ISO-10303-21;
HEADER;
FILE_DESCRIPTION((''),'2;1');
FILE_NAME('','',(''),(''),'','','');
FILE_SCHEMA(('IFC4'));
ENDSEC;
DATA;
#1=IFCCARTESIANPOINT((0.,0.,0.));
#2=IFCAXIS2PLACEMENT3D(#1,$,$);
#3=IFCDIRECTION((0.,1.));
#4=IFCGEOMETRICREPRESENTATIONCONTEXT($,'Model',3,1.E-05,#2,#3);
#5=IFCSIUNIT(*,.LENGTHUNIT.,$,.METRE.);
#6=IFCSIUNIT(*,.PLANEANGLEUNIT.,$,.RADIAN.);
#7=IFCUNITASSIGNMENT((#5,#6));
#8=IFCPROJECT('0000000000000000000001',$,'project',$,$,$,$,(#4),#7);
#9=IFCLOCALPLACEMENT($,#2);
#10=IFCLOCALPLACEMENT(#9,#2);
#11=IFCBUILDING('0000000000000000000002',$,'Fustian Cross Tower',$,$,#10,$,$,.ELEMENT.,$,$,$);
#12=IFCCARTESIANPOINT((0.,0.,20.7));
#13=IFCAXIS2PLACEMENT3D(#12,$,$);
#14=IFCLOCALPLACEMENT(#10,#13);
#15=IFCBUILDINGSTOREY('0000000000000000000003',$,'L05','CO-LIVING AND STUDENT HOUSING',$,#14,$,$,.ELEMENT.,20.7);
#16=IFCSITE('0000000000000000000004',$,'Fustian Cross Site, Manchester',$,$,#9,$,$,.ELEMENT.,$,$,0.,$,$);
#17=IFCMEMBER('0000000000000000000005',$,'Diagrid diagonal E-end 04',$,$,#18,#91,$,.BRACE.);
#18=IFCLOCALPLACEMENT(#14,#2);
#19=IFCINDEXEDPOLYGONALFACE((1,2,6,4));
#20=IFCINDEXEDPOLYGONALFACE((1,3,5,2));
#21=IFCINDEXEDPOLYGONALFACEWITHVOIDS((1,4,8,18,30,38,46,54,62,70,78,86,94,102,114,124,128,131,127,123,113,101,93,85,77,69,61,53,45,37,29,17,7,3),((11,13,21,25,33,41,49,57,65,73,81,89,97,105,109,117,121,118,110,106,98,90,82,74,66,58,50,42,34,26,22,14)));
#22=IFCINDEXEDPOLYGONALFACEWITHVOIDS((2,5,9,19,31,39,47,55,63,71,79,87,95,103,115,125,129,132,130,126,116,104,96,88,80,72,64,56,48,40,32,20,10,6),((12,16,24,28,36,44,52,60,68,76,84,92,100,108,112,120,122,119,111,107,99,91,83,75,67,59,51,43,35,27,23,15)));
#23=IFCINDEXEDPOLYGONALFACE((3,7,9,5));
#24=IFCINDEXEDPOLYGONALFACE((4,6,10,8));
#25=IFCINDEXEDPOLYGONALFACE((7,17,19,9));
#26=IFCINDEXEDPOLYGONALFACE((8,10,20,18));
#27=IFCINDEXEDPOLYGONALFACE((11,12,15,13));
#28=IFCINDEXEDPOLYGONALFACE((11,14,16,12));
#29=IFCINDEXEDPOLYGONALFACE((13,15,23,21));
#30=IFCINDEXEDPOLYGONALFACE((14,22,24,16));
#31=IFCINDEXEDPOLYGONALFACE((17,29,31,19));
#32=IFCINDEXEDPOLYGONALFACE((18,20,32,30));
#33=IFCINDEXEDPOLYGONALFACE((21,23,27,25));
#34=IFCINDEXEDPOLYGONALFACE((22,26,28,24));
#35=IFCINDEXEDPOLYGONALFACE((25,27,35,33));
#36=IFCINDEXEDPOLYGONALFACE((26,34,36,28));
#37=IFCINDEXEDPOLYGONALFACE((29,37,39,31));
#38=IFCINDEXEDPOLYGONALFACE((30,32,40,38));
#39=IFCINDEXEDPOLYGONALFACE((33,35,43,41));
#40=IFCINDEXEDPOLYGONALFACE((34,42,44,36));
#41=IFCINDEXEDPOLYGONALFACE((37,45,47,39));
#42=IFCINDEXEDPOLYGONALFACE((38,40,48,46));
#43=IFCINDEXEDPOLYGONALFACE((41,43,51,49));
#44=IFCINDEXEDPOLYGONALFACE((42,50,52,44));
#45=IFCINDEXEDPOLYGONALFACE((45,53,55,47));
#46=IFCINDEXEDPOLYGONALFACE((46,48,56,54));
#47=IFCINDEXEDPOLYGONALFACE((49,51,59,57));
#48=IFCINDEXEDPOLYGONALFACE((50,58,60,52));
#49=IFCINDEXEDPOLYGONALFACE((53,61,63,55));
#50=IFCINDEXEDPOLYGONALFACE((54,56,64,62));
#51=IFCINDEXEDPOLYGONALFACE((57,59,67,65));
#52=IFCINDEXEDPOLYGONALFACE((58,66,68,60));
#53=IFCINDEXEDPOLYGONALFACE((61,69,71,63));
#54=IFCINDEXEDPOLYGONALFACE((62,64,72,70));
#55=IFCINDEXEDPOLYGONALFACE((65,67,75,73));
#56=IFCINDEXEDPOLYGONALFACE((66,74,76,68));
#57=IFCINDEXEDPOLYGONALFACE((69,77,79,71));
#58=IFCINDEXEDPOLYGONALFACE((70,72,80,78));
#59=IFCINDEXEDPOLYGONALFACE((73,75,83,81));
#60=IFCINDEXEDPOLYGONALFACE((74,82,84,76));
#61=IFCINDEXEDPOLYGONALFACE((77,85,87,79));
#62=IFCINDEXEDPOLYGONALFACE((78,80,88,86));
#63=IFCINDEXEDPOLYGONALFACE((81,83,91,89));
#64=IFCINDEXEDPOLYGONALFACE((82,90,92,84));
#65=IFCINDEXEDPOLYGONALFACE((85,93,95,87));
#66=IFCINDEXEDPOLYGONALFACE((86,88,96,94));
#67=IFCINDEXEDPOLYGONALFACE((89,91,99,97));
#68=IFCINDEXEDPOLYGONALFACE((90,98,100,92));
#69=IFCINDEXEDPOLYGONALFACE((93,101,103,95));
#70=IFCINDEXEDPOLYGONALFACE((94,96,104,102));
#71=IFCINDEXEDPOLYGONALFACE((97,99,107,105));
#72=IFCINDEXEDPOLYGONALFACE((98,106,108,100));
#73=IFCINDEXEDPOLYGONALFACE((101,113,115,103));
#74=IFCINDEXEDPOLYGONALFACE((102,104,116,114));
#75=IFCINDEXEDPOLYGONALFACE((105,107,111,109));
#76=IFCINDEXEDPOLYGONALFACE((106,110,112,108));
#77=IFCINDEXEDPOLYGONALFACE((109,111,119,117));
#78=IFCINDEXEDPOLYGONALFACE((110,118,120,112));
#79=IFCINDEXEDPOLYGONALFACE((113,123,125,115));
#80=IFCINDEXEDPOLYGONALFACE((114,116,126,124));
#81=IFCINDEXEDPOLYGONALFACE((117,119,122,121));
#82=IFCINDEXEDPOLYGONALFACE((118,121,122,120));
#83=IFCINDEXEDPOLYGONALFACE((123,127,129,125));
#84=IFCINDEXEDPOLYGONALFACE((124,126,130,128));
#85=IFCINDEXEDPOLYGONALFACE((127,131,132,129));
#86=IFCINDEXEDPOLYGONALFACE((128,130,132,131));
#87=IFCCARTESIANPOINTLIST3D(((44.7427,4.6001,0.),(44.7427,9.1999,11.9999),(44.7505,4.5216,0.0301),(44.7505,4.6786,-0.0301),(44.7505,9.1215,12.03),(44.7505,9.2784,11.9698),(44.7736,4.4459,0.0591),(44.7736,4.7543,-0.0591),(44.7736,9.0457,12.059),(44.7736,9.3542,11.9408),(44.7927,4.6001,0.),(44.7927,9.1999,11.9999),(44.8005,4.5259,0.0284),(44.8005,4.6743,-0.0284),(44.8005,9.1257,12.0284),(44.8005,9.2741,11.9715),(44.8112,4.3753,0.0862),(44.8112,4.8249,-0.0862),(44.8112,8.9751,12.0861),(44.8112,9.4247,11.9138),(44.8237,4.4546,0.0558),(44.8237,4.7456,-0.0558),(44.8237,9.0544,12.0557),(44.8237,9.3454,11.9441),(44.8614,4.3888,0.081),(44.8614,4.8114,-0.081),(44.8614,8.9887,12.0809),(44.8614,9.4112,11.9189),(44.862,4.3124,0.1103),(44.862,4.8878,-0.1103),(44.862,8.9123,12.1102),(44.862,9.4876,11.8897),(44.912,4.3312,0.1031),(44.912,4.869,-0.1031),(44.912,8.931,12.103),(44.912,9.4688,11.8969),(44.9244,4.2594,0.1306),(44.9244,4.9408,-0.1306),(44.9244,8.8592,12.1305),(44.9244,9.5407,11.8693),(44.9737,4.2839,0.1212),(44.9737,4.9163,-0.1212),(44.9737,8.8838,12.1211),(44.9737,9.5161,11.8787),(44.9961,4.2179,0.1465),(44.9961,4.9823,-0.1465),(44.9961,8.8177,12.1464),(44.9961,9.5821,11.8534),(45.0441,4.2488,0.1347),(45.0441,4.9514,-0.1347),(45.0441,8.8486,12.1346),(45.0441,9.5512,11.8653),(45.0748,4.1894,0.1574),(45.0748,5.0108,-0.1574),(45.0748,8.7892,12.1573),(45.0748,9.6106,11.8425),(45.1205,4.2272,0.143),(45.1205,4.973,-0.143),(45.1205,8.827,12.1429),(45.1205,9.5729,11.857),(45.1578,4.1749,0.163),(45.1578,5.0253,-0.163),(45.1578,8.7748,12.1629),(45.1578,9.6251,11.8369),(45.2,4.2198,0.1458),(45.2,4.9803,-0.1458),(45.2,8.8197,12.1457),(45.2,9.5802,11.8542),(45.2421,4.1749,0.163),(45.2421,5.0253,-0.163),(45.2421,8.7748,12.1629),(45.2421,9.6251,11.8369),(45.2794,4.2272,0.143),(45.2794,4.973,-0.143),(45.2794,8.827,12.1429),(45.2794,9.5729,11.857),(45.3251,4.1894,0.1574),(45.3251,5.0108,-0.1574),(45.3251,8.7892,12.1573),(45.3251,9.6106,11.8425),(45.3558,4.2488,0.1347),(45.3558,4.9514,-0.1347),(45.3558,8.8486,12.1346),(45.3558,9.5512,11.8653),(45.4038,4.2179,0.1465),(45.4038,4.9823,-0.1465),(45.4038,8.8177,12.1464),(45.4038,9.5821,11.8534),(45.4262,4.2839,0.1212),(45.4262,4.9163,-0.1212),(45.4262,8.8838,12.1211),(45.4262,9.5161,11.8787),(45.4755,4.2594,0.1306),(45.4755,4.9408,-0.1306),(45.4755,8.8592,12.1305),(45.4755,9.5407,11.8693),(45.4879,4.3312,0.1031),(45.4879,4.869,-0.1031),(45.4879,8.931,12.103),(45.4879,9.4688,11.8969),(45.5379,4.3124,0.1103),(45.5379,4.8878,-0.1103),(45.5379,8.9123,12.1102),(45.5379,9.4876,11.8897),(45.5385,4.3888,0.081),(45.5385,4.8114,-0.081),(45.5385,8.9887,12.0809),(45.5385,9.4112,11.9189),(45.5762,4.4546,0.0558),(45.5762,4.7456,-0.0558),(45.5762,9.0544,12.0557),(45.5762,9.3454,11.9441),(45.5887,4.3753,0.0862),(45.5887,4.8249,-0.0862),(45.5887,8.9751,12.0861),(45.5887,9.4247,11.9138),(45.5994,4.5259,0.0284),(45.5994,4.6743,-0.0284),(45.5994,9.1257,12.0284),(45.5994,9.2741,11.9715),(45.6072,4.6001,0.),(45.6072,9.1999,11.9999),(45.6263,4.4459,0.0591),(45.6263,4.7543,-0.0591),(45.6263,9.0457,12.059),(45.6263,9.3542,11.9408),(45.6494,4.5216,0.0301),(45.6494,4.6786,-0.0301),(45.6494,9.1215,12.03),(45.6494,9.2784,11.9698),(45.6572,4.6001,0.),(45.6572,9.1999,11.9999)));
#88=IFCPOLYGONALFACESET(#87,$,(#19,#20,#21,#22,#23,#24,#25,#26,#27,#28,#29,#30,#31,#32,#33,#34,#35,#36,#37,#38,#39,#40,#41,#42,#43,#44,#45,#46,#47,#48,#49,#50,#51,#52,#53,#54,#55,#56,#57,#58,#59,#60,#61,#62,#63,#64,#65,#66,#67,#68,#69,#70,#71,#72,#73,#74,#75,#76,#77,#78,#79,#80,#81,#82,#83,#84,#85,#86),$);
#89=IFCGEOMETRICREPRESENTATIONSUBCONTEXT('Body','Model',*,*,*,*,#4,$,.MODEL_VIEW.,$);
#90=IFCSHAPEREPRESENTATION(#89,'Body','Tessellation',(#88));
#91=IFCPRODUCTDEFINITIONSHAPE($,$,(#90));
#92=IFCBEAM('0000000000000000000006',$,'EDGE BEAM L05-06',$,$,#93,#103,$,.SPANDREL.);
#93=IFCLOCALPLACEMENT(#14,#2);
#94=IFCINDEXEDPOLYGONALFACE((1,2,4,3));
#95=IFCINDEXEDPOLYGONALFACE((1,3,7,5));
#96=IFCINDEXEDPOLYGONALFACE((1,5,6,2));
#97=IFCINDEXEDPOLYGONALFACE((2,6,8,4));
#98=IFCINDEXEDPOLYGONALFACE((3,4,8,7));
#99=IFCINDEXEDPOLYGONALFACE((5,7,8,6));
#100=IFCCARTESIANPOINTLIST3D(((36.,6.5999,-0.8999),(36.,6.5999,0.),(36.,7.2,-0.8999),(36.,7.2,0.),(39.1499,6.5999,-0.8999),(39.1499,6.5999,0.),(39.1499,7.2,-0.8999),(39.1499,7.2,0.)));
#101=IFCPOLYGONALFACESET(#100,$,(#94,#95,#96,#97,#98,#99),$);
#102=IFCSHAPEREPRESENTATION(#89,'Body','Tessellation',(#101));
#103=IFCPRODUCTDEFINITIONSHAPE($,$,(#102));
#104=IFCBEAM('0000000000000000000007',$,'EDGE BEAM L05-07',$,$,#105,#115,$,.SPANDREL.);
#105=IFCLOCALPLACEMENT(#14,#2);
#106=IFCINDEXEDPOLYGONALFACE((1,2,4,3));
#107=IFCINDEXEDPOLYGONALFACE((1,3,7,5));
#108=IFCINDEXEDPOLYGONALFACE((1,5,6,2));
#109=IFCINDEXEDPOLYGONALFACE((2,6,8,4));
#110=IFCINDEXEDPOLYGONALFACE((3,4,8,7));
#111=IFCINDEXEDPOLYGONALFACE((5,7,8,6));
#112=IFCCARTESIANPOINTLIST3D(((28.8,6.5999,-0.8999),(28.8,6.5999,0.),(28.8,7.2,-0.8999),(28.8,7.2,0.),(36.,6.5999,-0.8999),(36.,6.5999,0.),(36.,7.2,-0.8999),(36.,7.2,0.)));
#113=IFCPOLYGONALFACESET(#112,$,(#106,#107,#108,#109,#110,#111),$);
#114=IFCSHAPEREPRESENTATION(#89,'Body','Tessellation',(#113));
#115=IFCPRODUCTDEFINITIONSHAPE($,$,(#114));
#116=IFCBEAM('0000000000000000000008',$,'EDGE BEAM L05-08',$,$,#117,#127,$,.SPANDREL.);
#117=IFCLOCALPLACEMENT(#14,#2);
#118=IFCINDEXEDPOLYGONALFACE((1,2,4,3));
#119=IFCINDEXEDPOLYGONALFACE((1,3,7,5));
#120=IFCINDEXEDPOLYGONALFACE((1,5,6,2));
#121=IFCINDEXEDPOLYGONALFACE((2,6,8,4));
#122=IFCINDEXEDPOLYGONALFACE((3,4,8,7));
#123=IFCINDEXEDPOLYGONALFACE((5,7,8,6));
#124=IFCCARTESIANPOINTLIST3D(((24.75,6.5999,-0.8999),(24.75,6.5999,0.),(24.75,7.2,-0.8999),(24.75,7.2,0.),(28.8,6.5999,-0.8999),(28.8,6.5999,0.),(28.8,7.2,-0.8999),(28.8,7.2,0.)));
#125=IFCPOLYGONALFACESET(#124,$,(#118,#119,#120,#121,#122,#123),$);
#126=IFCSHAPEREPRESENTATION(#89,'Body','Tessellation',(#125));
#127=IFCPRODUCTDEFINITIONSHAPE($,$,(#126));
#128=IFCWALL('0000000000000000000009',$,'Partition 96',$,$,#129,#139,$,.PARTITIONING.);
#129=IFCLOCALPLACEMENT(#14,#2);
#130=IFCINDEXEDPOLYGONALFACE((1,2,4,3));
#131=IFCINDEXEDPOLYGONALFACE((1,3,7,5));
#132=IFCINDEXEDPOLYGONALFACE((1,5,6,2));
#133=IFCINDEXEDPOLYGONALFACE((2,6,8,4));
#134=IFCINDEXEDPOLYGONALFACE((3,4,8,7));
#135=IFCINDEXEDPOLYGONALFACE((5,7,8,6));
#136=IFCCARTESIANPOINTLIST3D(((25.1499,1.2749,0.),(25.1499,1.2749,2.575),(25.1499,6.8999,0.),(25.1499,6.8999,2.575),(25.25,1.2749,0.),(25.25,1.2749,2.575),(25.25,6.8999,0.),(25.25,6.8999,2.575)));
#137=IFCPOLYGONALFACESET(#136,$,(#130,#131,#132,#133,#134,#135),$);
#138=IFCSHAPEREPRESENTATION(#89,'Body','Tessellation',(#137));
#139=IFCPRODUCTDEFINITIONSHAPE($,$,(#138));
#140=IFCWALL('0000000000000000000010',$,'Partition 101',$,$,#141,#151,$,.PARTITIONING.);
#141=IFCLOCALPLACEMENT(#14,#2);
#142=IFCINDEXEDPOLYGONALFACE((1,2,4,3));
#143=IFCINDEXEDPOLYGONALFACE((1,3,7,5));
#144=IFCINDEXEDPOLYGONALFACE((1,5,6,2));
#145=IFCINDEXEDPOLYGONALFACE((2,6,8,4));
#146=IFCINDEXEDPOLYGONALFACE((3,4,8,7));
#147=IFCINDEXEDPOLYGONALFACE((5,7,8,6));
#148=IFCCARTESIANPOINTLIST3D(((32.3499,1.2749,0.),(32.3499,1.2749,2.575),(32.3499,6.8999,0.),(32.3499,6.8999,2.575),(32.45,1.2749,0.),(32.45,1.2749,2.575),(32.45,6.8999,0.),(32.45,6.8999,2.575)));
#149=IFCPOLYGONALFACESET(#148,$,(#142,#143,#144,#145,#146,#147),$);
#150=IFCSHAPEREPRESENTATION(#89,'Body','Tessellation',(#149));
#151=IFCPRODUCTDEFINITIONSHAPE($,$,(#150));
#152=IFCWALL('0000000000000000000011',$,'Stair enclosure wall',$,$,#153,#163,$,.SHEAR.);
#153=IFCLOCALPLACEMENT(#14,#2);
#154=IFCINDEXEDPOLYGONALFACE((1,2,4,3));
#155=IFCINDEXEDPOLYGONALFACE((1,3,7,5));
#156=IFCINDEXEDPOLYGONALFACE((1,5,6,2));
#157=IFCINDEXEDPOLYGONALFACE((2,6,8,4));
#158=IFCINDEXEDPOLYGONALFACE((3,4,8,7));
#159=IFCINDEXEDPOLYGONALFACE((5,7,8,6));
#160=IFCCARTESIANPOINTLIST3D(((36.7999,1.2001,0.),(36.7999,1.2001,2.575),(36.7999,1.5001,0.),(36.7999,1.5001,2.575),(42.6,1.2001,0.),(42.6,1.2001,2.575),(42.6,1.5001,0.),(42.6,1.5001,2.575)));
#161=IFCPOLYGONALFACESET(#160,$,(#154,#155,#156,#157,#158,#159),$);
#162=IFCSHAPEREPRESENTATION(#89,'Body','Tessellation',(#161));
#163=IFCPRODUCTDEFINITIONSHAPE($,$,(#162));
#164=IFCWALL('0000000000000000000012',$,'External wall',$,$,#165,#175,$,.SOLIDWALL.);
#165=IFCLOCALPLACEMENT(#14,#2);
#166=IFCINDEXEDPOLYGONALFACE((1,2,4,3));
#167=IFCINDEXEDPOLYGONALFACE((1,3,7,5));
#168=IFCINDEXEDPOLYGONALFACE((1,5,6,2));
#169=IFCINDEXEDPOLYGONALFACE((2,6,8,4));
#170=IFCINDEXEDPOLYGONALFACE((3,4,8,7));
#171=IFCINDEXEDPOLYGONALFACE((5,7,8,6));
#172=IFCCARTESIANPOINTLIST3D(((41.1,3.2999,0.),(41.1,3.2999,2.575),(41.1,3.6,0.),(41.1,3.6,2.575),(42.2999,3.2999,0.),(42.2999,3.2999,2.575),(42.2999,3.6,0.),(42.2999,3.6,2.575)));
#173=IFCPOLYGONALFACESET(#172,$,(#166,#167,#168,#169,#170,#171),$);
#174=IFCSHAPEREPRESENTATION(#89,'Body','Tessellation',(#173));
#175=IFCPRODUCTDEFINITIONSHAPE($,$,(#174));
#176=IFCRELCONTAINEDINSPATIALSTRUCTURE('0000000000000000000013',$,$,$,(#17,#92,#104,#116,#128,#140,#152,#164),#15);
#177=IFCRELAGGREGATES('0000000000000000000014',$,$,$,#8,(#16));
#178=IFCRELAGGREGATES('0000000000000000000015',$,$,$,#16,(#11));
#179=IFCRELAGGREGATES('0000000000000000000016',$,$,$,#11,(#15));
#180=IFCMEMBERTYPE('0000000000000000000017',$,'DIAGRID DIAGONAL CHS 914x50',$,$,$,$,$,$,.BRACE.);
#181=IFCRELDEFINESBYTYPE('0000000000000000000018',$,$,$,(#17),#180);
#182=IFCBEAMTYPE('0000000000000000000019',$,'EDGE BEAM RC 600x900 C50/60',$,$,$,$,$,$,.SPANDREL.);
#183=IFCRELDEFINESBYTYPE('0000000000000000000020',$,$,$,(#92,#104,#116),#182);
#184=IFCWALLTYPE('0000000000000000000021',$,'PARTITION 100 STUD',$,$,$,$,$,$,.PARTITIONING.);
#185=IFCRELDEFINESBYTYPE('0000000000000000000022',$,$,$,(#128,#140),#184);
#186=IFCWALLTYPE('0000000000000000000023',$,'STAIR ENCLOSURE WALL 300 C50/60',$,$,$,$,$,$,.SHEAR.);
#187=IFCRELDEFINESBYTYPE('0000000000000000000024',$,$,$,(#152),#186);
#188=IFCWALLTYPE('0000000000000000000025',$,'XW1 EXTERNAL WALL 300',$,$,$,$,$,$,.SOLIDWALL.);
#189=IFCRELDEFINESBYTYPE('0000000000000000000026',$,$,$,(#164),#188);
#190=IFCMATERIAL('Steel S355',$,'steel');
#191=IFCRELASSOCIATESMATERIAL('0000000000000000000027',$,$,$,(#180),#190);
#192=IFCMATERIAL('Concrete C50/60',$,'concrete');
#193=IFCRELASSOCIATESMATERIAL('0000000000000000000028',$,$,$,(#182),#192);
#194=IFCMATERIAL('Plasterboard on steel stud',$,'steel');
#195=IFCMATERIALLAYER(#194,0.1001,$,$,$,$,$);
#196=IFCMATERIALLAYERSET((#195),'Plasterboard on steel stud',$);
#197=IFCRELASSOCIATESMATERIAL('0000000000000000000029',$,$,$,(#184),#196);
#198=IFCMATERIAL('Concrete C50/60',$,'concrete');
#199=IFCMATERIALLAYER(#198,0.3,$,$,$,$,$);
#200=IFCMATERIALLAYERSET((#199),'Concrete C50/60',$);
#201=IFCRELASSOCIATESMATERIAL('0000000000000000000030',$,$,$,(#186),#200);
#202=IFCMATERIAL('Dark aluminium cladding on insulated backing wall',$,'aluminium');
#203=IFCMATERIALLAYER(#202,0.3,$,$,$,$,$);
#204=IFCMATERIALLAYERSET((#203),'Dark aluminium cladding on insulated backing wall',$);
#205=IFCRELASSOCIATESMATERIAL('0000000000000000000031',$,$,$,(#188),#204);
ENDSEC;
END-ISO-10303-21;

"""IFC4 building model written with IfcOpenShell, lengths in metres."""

from ifc_helpers import new_model, si_unit, direction, frame, frame_2d, origin, origin_2d, place, context, subcontext, project, spatial, rectangle, hollow_circle, extrude, material, layer, layer_set, material_profile, profile_set, type_object, element, save


model = new_model("IFC4")

# Units and contexts
model_context = context("Model", 3, precision=1e-05, world=origin(), true_north=direction((0.0, 1.0)))
body_context = subcontext(model_context, "Body", "Model", "MODEL_VIEW")
ifc_project = project(units=[si_unit("LENGTHUNIT", "METRE"), si_unit("PLANEANGLEUNIT", "RADIAN")], contexts=[model_context])

# Site, building, storey
site_placement = place(None, origin())
site = spatial("IfcSite", under=ifc_project, at=site_placement, Name="Fustian Cross Site, Manchester", CompositionType="ELEMENT", RefElevation=0.0)
building_placement = place(site_placement, origin())
building = spatial("IfcBuilding", under=site, at=building_placement, Name="Fustian Cross Tower", CompositionType="ELEMENT")
storey_placement = place(building_placement, frame((0.0, 0.0, 20.7)))
storey = spatial("IfcBuildingStorey", under=building, at=storey_placement, Name="L05", Description="CO-LIVING AND STUDENT HOUSING", CompositionType="ELEMENT", Elevation=20.7)

# Member
ifc_material_1 = material(Name="Steel S355", Category="steel")
ifc_material_profile_1 = material_profile(ifc_material_1, hollow_circle(Radius=0.4573, WallThickness=0.05, at=origin_2d()), Name="CHS 914x50")
ifc_profile_set_1 = profile_set([ifc_material_profile_1], Name="Steel S355")
member_type_1 = type_object("IfcMemberType", Name="DIAGRID DIAGONAL CHS 914x50", PredefinedType="BRACE", material=ifc_profile_set_1)
member_1_placement = place(storey_placement, frame((45.2, 4.6001, 0.0), z_axis=(0.0, 0.357926, 0.93375), x_axis=(-1.0, 0.0, 0.0)))
element("IfcMember", 1, at=member_1_placement, inside=storey, type_object=member_type_1, Name="Diagrid diagonal E-end 04", PredefinedType="BRACE", context=body_context, shape_type="SweptSolid", body=[
    extrude(hollow_circle(Radius=0.4573, WallThickness=0.05, at=origin_2d()), origin(), (0.0, 0.0, 1.0), 12.8513),
])

# Beams
ifc_material_2 = material(Name="Concrete C50/60", Category="concrete")
ifc_material_profile_2 = material_profile(ifc_material_2, rectangle(XDim=0.6001, YDim=0.8999, at=origin_2d()), Name="RC 600x900")
ifc_profile_set_2 = profile_set([ifc_material_profile_2], Name="Concrete C50/60")
beam_type = type_object("IfcBeamType", Name="EDGE BEAM RC 600x900 C50/60", PredefinedType="SPANDREL", material=ifc_profile_set_2)
beam_1_placement = place(storey_placement, frame((39.1499, 6.8999, -0.45), z_axis=(-1.0, 0.0, 0.0), x_axis=(0.0, -1.0, 0.0)))
element("IfcBeam", 2, at=beam_1_placement, inside=storey, type_object=beam_type, Name="EDGE BEAM L05-06", PredefinedType="SPANDREL", context=body_context, shape_type="SweptSolid", body=[
    extrude(rectangle(XDim=0.6001, YDim=0.8999, at=origin_2d()), origin(), (0.0, 0.0, 1.0), 3.1499),
])
beam_2_placement = place(storey_placement, frame((36.0, 6.8999, -0.45), z_axis=(-1.0, 0.0, 0.0), x_axis=(0.0, -1.0, 0.0)))
element("IfcBeam", 3, at=beam_2_placement, inside=storey, type_object=beam_type, Name="EDGE BEAM L05-07", PredefinedType="SPANDREL", context=body_context, shape_type="SweptSolid", body=[
    extrude(rectangle(XDim=0.6001, YDim=0.8999, at=origin_2d()), origin(), (0.0, 0.0, 1.0), 7.2),
])
beam_3_placement = place(storey_placement, frame((28.8, 6.8999, -0.45), z_axis=(-1.0, 0.0, 0.0), x_axis=(0.0, -1.0, 0.0)))
element("IfcBeam", 4, at=beam_3_placement, inside=storey, type_object=beam_type, Name="EDGE BEAM L05-08", PredefinedType="SPANDREL", context=body_context, shape_type="SweptSolid", body=[
    extrude(rectangle(XDim=0.6001, YDim=0.8999, at=origin_2d()), origin(), (0.0, 0.0, 1.0), 4.05),
])

# Walls
ifc_material_3 = material(Name="Plasterboard on steel stud", Category="steel")
ifc_layer_1 = layer(ifc_material_3, 0.1001)
ifc_layer_set_1 = layer_set([ifc_layer_1], Name="Plasterboard on steel stud")
wall_type_1 = type_object("IfcWallType", Name="PARTITION 100 STUD", PredefinedType="PARTITIONING", material=ifc_layer_set_1)
for number, where, z_axis, x_axis, name in (
    (5, (25.2, 1.2749, 0.0), (0.0, 0.0, 1.0), (0.0, 1.0, 0.0), "Partition 96"),
    (6, (32.3999, 1.2749, 0.0), (0.0, 0.0, 1.0), (0.0, 1.0, 0.0), "Partition 101"),
):
    element("IfcWall", number, at=place(storey_placement, frame(where, z_axis=z_axis, x_axis=x_axis)), inside=storey, type_object=wall_type_1, Name=name, PredefinedType="PARTITIONING", context=body_context, shape_type="SweptSolid", body=[
        extrude(rectangle(XDim=5.625, YDim=0.1001, at=frame_2d((2.8125, 0.0))), origin(), (0.0, 0.0, 1.0), 2.575),
    ])
ifc_material_4 = material(Name="Concrete C50/60", Category="concrete")
ifc_layer_2 = layer(ifc_material_4, 0.3)
ifc_layer_set_2 = layer_set([ifc_layer_2], Name="Concrete C50/60")
wall_type_2 = type_object("IfcWallType", Name="STAIR ENCLOSURE WALL 300 C50/60", PredefinedType="SHEAR", material=ifc_layer_set_2)
wall_1_placement = place(storey_placement, frame((36.8, 1.3501, 0.0), z_axis=(0.0, 0.0, 1.0), x_axis=(1.0, 0.0, 0.0)))
element("IfcWall", 7, at=wall_1_placement, inside=storey, type_object=wall_type_2, Name="Stair enclosure wall", PredefinedType="SHEAR", context=body_context, shape_type="SweptSolid", body=[
    extrude(rectangle(XDim=5.8, YDim=0.3, at=frame_2d((2.8999, 0.0))), origin(), (0.0, 0.0, 1.0), 2.575),
])
ifc_material_5 = material(Name="Dark aluminium cladding on insulated backing wall", Category="aluminium")
ifc_layer_3 = layer(ifc_material_5, 0.3)
ifc_layer_set_3 = layer_set([ifc_layer_3], Name="Dark aluminium cladding on insulated backing wall")
wall_type_3 = type_object("IfcWallType", Name="XW1 EXTERNAL WALL 300", PredefinedType="SOLIDWALL", material=ifc_layer_set_3)
wall_2_placement = place(storey_placement, frame((42.3, 3.45, 0.0), z_axis=(0.0, 0.0, 1.0), x_axis=(-1.0, 0.0, 0.0)))
element("IfcWall", 8, at=wall_2_placement, inside=storey, type_object=wall_type_3, Name="External wall", PredefinedType="SOLIDWALL", context=body_context, shape_type="SweptSolid", body=[
    extrude(rectangle(XDim=1.2, YDim=0.3, at=frame_2d((0.6001, 0.0))), origin(), (0.0, 0.0, 1.0), 2.575),
])

save(model, "model.ifc")
